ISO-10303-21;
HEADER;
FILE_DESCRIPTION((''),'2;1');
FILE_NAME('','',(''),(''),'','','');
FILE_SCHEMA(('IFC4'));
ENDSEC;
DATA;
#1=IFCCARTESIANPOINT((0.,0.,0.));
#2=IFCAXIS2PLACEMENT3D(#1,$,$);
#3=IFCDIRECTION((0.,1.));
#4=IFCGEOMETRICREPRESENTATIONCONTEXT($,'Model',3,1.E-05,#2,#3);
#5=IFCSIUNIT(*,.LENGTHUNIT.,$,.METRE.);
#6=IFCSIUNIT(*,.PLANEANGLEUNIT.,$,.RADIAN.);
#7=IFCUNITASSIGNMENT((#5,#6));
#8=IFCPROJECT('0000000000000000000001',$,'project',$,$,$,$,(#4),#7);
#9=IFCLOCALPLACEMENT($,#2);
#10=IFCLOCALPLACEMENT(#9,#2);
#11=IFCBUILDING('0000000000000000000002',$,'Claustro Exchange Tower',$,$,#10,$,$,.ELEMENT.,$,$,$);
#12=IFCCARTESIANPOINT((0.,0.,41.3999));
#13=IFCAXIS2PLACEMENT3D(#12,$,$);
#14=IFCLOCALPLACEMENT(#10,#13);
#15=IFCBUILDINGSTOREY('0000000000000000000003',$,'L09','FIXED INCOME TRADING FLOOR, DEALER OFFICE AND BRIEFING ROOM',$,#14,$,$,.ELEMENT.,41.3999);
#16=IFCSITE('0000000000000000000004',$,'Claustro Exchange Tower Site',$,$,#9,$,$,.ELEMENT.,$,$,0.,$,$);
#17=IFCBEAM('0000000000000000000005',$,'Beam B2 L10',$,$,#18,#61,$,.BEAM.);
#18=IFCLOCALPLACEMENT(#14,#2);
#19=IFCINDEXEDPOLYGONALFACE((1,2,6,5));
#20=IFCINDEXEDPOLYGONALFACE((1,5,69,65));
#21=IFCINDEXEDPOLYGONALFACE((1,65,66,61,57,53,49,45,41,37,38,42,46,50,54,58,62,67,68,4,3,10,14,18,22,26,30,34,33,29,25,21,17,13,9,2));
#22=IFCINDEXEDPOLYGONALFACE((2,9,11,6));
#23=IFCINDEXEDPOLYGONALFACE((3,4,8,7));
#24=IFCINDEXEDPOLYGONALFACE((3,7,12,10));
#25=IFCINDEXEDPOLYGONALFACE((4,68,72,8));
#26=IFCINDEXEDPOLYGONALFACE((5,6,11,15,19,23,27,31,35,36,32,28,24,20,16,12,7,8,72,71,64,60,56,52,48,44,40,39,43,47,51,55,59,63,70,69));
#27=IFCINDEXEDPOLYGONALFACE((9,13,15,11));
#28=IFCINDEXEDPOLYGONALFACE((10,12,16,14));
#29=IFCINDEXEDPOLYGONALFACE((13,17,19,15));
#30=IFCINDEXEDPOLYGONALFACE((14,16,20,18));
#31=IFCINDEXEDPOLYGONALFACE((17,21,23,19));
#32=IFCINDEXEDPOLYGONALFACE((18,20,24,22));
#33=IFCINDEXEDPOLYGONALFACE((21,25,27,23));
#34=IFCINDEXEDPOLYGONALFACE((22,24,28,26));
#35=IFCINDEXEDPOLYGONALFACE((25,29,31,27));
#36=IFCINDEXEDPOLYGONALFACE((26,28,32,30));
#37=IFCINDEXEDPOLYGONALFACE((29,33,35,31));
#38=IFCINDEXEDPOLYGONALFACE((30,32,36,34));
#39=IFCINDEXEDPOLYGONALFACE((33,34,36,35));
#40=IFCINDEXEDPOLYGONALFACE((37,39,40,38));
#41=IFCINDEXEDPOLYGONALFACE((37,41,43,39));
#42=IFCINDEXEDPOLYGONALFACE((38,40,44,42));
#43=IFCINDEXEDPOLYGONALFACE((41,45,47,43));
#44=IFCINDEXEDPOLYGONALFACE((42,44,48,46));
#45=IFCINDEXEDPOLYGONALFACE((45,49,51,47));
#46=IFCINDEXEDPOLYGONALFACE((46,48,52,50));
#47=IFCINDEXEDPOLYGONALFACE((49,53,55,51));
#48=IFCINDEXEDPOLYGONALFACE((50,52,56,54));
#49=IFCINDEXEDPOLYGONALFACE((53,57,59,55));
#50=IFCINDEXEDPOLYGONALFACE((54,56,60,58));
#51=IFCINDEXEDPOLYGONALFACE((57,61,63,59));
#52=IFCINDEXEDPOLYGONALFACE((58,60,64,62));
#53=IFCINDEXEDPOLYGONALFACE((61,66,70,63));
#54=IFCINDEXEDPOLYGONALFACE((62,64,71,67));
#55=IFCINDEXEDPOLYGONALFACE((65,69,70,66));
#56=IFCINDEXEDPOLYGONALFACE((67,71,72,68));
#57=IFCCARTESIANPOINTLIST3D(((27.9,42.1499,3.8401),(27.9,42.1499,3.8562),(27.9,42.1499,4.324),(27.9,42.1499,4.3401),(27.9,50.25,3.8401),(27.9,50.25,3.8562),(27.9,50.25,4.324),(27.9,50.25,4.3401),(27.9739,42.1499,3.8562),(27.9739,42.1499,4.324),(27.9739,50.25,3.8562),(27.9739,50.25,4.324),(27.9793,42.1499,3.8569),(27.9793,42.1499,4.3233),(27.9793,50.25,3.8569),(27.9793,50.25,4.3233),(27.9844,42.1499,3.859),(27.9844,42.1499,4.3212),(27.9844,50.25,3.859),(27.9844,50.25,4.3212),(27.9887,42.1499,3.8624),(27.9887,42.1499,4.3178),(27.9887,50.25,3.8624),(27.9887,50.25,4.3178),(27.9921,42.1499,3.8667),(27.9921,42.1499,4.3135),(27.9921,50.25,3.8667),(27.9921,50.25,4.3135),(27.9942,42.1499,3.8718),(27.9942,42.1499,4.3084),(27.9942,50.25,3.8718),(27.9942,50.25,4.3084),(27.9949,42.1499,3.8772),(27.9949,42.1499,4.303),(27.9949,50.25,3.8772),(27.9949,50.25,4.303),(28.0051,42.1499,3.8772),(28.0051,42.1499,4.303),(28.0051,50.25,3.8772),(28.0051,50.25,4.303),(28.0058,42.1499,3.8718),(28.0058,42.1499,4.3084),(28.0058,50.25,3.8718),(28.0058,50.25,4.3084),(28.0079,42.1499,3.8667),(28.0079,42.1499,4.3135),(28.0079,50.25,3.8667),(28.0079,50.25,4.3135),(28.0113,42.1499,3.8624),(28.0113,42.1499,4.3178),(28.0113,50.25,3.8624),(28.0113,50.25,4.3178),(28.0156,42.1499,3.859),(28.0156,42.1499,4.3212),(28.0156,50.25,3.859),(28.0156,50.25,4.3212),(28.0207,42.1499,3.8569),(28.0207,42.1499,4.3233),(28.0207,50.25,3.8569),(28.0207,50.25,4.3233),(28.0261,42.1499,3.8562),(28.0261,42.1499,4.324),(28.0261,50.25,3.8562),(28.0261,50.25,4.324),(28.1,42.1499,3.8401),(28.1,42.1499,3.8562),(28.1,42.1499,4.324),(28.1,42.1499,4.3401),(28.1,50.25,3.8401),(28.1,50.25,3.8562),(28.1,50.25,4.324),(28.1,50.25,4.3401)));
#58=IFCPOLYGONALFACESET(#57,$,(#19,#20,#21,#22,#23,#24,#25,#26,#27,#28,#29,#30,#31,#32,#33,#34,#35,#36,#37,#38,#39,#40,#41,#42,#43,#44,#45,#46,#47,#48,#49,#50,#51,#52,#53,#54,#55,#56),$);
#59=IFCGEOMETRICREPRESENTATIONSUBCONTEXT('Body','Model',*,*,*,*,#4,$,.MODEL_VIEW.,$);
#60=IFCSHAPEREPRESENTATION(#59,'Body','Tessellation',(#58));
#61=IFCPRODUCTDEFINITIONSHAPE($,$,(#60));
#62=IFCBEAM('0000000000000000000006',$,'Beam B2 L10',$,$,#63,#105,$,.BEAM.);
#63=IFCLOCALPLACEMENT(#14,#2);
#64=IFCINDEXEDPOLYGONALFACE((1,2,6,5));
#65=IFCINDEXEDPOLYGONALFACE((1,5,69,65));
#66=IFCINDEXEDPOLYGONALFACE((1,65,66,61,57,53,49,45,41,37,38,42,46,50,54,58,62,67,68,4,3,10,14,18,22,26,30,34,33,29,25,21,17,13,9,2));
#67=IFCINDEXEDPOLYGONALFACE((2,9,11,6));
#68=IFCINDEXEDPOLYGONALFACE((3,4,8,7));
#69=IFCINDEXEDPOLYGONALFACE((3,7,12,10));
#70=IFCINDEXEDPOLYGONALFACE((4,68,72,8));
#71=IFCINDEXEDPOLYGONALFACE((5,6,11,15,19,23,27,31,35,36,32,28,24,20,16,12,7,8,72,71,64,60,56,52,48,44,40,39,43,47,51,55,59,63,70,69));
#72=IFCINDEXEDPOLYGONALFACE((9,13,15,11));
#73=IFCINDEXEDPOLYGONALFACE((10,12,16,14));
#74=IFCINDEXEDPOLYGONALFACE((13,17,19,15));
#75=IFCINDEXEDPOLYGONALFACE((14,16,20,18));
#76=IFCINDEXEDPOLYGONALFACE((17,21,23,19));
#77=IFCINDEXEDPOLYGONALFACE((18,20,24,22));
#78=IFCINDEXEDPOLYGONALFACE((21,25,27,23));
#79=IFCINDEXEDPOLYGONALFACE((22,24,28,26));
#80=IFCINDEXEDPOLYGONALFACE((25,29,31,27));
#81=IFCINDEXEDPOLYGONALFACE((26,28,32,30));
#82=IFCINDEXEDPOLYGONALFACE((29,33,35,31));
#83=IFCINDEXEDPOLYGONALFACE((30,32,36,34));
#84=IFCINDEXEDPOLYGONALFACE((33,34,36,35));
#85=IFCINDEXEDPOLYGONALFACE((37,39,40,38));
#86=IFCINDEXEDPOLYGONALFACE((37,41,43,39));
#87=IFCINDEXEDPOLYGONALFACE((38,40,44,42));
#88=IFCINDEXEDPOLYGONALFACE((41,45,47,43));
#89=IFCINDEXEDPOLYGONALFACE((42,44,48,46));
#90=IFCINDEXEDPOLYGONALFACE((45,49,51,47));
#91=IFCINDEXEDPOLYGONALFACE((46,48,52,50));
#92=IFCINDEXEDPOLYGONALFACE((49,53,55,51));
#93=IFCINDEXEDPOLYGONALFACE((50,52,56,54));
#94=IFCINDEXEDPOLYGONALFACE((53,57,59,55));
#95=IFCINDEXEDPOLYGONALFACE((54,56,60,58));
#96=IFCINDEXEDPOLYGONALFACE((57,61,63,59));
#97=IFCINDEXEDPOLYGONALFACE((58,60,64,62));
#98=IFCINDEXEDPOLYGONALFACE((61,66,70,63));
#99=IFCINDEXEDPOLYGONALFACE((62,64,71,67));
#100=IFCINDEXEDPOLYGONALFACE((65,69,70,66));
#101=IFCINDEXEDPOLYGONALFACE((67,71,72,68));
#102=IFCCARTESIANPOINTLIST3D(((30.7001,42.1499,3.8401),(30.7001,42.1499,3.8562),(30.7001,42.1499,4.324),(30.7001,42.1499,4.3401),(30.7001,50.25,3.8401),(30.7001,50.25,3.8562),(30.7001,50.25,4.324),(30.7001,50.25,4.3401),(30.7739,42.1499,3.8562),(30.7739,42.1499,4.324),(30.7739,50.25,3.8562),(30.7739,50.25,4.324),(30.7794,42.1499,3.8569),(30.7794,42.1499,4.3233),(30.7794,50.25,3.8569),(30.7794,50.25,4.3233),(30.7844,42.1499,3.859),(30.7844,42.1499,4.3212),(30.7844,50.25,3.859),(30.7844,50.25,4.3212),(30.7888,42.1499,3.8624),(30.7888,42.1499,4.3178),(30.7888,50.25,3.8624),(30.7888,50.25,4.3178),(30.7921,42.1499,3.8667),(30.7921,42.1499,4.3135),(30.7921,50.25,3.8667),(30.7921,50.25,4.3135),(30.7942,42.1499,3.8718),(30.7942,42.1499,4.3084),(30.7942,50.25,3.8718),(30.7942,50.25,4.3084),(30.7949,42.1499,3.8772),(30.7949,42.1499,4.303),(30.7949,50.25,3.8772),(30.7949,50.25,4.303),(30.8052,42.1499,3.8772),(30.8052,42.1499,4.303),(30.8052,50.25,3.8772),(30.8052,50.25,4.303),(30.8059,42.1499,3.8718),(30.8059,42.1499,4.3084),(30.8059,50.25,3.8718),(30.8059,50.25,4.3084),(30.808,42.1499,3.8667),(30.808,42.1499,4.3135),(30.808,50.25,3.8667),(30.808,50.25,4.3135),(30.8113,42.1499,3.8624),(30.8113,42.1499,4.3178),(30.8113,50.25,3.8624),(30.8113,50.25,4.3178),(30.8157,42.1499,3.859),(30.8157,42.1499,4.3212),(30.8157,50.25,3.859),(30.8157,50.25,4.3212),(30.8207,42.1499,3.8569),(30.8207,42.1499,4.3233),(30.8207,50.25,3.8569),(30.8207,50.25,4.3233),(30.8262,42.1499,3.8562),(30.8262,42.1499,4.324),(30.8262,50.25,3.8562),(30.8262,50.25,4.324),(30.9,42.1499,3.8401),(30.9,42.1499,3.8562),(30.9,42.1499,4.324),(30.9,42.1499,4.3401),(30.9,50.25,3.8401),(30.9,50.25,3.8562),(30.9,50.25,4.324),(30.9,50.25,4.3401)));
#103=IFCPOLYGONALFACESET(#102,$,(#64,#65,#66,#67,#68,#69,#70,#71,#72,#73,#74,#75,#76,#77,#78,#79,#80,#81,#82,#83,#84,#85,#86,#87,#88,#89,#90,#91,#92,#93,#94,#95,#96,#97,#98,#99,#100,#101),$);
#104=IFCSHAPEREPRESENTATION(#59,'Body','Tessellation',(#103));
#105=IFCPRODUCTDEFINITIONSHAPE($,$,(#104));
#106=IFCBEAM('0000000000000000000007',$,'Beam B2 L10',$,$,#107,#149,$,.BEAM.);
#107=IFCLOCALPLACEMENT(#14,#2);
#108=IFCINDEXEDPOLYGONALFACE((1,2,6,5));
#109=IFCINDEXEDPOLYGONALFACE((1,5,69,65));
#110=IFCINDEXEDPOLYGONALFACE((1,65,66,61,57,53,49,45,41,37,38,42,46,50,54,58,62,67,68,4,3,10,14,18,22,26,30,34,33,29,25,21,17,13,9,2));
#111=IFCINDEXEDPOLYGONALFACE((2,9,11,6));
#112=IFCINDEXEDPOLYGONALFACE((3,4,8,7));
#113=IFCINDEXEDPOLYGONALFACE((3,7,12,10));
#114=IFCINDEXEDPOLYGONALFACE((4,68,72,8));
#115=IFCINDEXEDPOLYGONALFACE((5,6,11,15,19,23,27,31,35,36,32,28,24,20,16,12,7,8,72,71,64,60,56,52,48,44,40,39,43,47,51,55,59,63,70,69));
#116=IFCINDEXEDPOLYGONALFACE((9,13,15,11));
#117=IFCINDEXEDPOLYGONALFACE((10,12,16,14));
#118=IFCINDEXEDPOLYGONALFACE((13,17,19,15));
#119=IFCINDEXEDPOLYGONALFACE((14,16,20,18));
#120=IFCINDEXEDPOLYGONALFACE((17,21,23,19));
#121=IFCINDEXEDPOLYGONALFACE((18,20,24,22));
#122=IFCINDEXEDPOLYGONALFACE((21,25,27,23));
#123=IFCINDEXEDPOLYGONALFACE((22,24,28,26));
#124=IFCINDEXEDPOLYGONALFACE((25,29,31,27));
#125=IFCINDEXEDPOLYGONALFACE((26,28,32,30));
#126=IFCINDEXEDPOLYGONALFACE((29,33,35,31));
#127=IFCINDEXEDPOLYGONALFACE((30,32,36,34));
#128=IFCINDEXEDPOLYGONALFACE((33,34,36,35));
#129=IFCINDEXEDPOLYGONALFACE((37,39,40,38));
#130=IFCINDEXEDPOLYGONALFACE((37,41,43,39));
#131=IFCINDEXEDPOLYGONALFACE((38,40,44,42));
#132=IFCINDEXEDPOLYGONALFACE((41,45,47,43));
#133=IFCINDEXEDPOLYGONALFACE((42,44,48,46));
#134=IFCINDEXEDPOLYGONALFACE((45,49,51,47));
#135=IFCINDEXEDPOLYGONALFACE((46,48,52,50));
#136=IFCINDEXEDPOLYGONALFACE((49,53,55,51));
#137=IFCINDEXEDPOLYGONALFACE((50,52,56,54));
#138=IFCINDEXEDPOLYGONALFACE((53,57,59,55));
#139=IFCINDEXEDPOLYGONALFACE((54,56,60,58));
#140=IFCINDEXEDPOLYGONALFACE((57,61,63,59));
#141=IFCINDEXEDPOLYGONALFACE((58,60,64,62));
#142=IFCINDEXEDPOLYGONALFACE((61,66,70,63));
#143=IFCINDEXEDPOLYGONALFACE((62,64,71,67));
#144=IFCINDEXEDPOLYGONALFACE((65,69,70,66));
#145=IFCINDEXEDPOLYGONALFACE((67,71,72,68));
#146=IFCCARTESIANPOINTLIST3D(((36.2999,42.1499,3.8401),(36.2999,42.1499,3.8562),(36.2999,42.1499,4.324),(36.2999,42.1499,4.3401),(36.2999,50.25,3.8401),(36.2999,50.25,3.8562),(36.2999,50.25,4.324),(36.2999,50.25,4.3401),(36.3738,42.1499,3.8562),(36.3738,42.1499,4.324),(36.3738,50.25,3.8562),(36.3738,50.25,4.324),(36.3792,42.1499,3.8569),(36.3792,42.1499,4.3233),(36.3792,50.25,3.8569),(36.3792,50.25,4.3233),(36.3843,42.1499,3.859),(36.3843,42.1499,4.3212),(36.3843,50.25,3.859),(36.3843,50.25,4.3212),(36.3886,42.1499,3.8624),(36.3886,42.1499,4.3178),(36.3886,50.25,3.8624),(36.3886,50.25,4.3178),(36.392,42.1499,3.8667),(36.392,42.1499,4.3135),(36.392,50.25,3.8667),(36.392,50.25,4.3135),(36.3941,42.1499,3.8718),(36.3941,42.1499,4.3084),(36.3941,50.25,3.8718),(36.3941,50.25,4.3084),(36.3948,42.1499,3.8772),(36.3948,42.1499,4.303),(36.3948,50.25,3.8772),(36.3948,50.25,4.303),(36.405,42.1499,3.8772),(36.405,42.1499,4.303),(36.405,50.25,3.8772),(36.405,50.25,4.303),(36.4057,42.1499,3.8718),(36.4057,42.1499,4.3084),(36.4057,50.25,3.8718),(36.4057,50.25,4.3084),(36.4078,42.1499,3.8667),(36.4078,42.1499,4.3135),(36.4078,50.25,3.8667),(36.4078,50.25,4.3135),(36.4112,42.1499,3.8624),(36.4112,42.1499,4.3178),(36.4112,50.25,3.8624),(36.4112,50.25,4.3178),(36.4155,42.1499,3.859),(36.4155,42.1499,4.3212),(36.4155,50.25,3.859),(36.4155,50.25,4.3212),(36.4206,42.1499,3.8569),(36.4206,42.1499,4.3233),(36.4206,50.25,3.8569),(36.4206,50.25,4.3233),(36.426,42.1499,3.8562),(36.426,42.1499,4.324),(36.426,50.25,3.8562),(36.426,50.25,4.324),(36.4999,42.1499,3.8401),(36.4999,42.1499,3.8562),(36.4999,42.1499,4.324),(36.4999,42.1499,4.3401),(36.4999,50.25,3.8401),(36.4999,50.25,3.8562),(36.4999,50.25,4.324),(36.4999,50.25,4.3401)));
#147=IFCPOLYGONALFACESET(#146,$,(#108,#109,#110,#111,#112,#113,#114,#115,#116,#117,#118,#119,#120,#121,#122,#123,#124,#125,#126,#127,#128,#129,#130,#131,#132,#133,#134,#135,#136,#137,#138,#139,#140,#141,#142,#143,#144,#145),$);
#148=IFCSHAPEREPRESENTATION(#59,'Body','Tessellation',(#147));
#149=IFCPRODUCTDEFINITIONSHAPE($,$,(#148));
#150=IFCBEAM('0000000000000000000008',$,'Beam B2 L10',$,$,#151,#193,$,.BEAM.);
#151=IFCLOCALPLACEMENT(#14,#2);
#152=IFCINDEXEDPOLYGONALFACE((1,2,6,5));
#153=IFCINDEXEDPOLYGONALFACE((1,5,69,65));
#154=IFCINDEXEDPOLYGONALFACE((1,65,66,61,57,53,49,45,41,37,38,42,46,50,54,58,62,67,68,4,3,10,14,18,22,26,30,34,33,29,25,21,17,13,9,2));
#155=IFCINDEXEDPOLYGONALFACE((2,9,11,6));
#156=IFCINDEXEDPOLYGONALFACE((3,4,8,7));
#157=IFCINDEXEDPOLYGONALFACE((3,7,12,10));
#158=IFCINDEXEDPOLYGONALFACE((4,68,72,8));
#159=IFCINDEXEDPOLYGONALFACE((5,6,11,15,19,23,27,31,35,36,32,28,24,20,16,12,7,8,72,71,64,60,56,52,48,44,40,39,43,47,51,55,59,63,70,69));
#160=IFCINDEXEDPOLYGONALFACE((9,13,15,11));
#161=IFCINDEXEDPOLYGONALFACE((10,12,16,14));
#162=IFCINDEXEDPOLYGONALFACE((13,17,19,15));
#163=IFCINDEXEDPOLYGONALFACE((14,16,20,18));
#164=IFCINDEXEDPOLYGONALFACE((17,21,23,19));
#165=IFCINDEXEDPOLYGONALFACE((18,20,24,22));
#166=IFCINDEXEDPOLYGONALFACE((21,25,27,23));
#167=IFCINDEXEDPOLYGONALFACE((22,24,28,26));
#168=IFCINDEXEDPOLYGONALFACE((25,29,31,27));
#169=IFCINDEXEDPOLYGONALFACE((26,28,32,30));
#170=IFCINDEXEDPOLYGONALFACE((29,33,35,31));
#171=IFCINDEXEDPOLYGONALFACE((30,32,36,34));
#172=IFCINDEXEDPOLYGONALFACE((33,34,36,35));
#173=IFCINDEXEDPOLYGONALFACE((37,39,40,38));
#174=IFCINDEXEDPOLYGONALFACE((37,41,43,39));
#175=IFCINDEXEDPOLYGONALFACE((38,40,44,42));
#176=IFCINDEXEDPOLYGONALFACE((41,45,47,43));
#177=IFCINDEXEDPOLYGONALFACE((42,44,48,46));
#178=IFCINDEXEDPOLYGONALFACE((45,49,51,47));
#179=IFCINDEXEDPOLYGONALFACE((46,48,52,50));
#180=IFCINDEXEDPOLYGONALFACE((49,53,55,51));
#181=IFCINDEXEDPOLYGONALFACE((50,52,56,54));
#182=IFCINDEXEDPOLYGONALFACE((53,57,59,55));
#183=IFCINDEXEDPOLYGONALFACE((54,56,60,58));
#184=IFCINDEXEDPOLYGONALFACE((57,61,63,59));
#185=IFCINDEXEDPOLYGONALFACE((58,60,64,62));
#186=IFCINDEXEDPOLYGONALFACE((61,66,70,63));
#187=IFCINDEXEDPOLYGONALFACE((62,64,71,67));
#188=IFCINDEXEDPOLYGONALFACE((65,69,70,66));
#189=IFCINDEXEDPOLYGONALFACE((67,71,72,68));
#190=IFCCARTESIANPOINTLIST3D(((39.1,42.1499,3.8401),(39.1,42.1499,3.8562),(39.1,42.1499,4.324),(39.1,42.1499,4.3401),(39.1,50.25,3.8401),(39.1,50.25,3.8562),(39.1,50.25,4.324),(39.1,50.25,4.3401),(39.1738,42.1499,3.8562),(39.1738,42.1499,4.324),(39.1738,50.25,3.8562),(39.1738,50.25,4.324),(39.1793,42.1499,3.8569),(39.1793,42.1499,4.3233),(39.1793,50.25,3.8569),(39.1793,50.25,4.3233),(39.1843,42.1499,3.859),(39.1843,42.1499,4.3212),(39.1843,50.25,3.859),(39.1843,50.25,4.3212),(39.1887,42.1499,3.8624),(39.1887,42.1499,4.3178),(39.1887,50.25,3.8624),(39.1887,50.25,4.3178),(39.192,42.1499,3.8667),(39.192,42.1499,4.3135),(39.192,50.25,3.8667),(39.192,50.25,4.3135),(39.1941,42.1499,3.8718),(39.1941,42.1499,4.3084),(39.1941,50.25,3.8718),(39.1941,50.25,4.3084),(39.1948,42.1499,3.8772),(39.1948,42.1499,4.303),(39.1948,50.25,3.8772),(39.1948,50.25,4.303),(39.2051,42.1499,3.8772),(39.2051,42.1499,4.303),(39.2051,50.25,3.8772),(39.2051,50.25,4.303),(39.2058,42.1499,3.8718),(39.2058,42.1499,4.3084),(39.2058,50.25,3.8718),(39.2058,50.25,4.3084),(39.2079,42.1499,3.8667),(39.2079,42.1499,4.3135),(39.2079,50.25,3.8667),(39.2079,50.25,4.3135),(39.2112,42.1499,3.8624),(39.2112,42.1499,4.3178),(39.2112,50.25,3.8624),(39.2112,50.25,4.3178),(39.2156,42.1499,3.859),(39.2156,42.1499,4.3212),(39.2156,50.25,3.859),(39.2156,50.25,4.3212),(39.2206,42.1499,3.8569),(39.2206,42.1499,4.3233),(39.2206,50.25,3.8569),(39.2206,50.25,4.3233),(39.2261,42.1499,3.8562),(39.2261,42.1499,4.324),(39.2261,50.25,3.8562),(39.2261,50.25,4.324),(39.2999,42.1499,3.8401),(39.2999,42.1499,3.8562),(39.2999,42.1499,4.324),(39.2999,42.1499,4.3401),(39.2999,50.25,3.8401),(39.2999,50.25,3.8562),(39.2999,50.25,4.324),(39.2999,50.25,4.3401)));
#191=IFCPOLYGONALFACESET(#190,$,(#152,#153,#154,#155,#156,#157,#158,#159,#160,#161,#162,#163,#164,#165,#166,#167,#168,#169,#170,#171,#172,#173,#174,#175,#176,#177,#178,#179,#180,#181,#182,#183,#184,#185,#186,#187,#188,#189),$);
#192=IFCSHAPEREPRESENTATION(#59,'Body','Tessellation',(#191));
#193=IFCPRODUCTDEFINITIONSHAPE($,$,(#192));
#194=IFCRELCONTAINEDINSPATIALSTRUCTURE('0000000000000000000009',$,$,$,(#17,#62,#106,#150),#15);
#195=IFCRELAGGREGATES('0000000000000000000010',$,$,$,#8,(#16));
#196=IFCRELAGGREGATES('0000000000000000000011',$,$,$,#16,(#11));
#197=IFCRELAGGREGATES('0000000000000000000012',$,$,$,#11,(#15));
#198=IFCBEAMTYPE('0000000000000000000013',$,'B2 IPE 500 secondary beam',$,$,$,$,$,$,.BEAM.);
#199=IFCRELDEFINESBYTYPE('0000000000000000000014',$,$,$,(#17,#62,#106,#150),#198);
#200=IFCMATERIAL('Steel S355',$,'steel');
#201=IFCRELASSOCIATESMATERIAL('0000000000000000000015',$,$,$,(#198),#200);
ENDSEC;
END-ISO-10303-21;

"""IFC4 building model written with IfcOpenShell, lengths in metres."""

from ifc_helpers import new_model, si_unit, direction, frame, origin, origin_2d, place, context, subcontext, project, spatial, i_section, extrude, material, material_profile, profile_set, type_object, element, save


model = new_model("IFC4")

# Units and contexts
model_context = context("Model", 3, precision=1e-05, world=origin(), true_north=direction((0.0, 1.0)))
body_context = subcontext(model_context, "Body", "Model", "MODEL_VIEW")
ifc_project = project(units=[si_unit("LENGTHUNIT", "METRE"), si_unit("PLANEANGLEUNIT", "RADIAN")], contexts=[model_context])

# Site, building, storey
site_placement = place(None, origin())
site = spatial("IfcSite", under=ifc_project, at=site_placement, Name="Claustro Exchange Tower Site", CompositionType="ELEMENT", RefElevation=0.0)
building_placement = place(site_placement, origin())
building = spatial("IfcBuilding", under=site, at=building_placement, Name="Claustro Exchange Tower", CompositionType="ELEMENT")
storey_placement = place(building_placement, frame((0.0, 0.0, 41.3999)))
storey = spatial("IfcBuildingStorey", under=building, at=storey_placement, Name="L09", Description="FIXED INCOME TRADING FLOOR, DEALER OFFICE AND BRIEFING ROOM", CompositionType="ELEMENT", Elevation=41.3999)

# Beams
ifc_material_1 = material(Name="Steel S355", Category="steel")
ifc_material_profile_1 = material_profile(ifc_material_1, i_section(OverallWidth=0.2, OverallDepth=0.5, WebThickness=0.0103, FlangeThickness=0.0161, FilletRadius=0.021, at=origin_2d()), Name="IPE 500")
ifc_profile_set_1 = profile_set([ifc_material_profile_1], Name="Steel S355")
beam_type_1 = type_object("IfcBeamType", Name="B2 IPE 500 secondary beam", PredefinedType="BEAM", material=ifc_profile_set_1)
for number, where, z_axis, x_axis, name in (
    (1, (28.0, 42.1499, 4.0901), (0.0, 1.0, 0.0), (-1.0, 0.0, 0.0), "Beam B2 L10"),
    (2, (30.8, 42.1499, 4.0901), (0.0, 1.0, 0.0), (-1.0, 0.0, 0.0), "Beam B2 L10"),
    (3, (36.3999, 42.1499, 4.0901), (0.0, 1.0, 0.0), (-1.0, 0.0, 0.0), "Beam B2 L10"),
    (4, (39.2, 42.1499, 4.0901), (0.0, 1.0, 0.0), (-1.0, 0.0, 0.0), "Beam B2 L10"),
):
    element("IfcBeam", number, at=place(storey_placement, frame(where, z_axis=z_axis, x_axis=x_axis)), inside=storey, type_object=beam_type_1, Name=name, PredefinedType="BEAM", context=body_context, shape_type="SweptSolid", body=[
        extrude(i_section(OverallWidth=0.2, OverallDepth=0.5, WebThickness=0.0103, FlangeThickness=0.0161, FilletRadius=0.021, at=origin_2d()), origin(), (0.0, 0.0, 1.0), 8.1001),
    ])

save(model, "model.ifc")
